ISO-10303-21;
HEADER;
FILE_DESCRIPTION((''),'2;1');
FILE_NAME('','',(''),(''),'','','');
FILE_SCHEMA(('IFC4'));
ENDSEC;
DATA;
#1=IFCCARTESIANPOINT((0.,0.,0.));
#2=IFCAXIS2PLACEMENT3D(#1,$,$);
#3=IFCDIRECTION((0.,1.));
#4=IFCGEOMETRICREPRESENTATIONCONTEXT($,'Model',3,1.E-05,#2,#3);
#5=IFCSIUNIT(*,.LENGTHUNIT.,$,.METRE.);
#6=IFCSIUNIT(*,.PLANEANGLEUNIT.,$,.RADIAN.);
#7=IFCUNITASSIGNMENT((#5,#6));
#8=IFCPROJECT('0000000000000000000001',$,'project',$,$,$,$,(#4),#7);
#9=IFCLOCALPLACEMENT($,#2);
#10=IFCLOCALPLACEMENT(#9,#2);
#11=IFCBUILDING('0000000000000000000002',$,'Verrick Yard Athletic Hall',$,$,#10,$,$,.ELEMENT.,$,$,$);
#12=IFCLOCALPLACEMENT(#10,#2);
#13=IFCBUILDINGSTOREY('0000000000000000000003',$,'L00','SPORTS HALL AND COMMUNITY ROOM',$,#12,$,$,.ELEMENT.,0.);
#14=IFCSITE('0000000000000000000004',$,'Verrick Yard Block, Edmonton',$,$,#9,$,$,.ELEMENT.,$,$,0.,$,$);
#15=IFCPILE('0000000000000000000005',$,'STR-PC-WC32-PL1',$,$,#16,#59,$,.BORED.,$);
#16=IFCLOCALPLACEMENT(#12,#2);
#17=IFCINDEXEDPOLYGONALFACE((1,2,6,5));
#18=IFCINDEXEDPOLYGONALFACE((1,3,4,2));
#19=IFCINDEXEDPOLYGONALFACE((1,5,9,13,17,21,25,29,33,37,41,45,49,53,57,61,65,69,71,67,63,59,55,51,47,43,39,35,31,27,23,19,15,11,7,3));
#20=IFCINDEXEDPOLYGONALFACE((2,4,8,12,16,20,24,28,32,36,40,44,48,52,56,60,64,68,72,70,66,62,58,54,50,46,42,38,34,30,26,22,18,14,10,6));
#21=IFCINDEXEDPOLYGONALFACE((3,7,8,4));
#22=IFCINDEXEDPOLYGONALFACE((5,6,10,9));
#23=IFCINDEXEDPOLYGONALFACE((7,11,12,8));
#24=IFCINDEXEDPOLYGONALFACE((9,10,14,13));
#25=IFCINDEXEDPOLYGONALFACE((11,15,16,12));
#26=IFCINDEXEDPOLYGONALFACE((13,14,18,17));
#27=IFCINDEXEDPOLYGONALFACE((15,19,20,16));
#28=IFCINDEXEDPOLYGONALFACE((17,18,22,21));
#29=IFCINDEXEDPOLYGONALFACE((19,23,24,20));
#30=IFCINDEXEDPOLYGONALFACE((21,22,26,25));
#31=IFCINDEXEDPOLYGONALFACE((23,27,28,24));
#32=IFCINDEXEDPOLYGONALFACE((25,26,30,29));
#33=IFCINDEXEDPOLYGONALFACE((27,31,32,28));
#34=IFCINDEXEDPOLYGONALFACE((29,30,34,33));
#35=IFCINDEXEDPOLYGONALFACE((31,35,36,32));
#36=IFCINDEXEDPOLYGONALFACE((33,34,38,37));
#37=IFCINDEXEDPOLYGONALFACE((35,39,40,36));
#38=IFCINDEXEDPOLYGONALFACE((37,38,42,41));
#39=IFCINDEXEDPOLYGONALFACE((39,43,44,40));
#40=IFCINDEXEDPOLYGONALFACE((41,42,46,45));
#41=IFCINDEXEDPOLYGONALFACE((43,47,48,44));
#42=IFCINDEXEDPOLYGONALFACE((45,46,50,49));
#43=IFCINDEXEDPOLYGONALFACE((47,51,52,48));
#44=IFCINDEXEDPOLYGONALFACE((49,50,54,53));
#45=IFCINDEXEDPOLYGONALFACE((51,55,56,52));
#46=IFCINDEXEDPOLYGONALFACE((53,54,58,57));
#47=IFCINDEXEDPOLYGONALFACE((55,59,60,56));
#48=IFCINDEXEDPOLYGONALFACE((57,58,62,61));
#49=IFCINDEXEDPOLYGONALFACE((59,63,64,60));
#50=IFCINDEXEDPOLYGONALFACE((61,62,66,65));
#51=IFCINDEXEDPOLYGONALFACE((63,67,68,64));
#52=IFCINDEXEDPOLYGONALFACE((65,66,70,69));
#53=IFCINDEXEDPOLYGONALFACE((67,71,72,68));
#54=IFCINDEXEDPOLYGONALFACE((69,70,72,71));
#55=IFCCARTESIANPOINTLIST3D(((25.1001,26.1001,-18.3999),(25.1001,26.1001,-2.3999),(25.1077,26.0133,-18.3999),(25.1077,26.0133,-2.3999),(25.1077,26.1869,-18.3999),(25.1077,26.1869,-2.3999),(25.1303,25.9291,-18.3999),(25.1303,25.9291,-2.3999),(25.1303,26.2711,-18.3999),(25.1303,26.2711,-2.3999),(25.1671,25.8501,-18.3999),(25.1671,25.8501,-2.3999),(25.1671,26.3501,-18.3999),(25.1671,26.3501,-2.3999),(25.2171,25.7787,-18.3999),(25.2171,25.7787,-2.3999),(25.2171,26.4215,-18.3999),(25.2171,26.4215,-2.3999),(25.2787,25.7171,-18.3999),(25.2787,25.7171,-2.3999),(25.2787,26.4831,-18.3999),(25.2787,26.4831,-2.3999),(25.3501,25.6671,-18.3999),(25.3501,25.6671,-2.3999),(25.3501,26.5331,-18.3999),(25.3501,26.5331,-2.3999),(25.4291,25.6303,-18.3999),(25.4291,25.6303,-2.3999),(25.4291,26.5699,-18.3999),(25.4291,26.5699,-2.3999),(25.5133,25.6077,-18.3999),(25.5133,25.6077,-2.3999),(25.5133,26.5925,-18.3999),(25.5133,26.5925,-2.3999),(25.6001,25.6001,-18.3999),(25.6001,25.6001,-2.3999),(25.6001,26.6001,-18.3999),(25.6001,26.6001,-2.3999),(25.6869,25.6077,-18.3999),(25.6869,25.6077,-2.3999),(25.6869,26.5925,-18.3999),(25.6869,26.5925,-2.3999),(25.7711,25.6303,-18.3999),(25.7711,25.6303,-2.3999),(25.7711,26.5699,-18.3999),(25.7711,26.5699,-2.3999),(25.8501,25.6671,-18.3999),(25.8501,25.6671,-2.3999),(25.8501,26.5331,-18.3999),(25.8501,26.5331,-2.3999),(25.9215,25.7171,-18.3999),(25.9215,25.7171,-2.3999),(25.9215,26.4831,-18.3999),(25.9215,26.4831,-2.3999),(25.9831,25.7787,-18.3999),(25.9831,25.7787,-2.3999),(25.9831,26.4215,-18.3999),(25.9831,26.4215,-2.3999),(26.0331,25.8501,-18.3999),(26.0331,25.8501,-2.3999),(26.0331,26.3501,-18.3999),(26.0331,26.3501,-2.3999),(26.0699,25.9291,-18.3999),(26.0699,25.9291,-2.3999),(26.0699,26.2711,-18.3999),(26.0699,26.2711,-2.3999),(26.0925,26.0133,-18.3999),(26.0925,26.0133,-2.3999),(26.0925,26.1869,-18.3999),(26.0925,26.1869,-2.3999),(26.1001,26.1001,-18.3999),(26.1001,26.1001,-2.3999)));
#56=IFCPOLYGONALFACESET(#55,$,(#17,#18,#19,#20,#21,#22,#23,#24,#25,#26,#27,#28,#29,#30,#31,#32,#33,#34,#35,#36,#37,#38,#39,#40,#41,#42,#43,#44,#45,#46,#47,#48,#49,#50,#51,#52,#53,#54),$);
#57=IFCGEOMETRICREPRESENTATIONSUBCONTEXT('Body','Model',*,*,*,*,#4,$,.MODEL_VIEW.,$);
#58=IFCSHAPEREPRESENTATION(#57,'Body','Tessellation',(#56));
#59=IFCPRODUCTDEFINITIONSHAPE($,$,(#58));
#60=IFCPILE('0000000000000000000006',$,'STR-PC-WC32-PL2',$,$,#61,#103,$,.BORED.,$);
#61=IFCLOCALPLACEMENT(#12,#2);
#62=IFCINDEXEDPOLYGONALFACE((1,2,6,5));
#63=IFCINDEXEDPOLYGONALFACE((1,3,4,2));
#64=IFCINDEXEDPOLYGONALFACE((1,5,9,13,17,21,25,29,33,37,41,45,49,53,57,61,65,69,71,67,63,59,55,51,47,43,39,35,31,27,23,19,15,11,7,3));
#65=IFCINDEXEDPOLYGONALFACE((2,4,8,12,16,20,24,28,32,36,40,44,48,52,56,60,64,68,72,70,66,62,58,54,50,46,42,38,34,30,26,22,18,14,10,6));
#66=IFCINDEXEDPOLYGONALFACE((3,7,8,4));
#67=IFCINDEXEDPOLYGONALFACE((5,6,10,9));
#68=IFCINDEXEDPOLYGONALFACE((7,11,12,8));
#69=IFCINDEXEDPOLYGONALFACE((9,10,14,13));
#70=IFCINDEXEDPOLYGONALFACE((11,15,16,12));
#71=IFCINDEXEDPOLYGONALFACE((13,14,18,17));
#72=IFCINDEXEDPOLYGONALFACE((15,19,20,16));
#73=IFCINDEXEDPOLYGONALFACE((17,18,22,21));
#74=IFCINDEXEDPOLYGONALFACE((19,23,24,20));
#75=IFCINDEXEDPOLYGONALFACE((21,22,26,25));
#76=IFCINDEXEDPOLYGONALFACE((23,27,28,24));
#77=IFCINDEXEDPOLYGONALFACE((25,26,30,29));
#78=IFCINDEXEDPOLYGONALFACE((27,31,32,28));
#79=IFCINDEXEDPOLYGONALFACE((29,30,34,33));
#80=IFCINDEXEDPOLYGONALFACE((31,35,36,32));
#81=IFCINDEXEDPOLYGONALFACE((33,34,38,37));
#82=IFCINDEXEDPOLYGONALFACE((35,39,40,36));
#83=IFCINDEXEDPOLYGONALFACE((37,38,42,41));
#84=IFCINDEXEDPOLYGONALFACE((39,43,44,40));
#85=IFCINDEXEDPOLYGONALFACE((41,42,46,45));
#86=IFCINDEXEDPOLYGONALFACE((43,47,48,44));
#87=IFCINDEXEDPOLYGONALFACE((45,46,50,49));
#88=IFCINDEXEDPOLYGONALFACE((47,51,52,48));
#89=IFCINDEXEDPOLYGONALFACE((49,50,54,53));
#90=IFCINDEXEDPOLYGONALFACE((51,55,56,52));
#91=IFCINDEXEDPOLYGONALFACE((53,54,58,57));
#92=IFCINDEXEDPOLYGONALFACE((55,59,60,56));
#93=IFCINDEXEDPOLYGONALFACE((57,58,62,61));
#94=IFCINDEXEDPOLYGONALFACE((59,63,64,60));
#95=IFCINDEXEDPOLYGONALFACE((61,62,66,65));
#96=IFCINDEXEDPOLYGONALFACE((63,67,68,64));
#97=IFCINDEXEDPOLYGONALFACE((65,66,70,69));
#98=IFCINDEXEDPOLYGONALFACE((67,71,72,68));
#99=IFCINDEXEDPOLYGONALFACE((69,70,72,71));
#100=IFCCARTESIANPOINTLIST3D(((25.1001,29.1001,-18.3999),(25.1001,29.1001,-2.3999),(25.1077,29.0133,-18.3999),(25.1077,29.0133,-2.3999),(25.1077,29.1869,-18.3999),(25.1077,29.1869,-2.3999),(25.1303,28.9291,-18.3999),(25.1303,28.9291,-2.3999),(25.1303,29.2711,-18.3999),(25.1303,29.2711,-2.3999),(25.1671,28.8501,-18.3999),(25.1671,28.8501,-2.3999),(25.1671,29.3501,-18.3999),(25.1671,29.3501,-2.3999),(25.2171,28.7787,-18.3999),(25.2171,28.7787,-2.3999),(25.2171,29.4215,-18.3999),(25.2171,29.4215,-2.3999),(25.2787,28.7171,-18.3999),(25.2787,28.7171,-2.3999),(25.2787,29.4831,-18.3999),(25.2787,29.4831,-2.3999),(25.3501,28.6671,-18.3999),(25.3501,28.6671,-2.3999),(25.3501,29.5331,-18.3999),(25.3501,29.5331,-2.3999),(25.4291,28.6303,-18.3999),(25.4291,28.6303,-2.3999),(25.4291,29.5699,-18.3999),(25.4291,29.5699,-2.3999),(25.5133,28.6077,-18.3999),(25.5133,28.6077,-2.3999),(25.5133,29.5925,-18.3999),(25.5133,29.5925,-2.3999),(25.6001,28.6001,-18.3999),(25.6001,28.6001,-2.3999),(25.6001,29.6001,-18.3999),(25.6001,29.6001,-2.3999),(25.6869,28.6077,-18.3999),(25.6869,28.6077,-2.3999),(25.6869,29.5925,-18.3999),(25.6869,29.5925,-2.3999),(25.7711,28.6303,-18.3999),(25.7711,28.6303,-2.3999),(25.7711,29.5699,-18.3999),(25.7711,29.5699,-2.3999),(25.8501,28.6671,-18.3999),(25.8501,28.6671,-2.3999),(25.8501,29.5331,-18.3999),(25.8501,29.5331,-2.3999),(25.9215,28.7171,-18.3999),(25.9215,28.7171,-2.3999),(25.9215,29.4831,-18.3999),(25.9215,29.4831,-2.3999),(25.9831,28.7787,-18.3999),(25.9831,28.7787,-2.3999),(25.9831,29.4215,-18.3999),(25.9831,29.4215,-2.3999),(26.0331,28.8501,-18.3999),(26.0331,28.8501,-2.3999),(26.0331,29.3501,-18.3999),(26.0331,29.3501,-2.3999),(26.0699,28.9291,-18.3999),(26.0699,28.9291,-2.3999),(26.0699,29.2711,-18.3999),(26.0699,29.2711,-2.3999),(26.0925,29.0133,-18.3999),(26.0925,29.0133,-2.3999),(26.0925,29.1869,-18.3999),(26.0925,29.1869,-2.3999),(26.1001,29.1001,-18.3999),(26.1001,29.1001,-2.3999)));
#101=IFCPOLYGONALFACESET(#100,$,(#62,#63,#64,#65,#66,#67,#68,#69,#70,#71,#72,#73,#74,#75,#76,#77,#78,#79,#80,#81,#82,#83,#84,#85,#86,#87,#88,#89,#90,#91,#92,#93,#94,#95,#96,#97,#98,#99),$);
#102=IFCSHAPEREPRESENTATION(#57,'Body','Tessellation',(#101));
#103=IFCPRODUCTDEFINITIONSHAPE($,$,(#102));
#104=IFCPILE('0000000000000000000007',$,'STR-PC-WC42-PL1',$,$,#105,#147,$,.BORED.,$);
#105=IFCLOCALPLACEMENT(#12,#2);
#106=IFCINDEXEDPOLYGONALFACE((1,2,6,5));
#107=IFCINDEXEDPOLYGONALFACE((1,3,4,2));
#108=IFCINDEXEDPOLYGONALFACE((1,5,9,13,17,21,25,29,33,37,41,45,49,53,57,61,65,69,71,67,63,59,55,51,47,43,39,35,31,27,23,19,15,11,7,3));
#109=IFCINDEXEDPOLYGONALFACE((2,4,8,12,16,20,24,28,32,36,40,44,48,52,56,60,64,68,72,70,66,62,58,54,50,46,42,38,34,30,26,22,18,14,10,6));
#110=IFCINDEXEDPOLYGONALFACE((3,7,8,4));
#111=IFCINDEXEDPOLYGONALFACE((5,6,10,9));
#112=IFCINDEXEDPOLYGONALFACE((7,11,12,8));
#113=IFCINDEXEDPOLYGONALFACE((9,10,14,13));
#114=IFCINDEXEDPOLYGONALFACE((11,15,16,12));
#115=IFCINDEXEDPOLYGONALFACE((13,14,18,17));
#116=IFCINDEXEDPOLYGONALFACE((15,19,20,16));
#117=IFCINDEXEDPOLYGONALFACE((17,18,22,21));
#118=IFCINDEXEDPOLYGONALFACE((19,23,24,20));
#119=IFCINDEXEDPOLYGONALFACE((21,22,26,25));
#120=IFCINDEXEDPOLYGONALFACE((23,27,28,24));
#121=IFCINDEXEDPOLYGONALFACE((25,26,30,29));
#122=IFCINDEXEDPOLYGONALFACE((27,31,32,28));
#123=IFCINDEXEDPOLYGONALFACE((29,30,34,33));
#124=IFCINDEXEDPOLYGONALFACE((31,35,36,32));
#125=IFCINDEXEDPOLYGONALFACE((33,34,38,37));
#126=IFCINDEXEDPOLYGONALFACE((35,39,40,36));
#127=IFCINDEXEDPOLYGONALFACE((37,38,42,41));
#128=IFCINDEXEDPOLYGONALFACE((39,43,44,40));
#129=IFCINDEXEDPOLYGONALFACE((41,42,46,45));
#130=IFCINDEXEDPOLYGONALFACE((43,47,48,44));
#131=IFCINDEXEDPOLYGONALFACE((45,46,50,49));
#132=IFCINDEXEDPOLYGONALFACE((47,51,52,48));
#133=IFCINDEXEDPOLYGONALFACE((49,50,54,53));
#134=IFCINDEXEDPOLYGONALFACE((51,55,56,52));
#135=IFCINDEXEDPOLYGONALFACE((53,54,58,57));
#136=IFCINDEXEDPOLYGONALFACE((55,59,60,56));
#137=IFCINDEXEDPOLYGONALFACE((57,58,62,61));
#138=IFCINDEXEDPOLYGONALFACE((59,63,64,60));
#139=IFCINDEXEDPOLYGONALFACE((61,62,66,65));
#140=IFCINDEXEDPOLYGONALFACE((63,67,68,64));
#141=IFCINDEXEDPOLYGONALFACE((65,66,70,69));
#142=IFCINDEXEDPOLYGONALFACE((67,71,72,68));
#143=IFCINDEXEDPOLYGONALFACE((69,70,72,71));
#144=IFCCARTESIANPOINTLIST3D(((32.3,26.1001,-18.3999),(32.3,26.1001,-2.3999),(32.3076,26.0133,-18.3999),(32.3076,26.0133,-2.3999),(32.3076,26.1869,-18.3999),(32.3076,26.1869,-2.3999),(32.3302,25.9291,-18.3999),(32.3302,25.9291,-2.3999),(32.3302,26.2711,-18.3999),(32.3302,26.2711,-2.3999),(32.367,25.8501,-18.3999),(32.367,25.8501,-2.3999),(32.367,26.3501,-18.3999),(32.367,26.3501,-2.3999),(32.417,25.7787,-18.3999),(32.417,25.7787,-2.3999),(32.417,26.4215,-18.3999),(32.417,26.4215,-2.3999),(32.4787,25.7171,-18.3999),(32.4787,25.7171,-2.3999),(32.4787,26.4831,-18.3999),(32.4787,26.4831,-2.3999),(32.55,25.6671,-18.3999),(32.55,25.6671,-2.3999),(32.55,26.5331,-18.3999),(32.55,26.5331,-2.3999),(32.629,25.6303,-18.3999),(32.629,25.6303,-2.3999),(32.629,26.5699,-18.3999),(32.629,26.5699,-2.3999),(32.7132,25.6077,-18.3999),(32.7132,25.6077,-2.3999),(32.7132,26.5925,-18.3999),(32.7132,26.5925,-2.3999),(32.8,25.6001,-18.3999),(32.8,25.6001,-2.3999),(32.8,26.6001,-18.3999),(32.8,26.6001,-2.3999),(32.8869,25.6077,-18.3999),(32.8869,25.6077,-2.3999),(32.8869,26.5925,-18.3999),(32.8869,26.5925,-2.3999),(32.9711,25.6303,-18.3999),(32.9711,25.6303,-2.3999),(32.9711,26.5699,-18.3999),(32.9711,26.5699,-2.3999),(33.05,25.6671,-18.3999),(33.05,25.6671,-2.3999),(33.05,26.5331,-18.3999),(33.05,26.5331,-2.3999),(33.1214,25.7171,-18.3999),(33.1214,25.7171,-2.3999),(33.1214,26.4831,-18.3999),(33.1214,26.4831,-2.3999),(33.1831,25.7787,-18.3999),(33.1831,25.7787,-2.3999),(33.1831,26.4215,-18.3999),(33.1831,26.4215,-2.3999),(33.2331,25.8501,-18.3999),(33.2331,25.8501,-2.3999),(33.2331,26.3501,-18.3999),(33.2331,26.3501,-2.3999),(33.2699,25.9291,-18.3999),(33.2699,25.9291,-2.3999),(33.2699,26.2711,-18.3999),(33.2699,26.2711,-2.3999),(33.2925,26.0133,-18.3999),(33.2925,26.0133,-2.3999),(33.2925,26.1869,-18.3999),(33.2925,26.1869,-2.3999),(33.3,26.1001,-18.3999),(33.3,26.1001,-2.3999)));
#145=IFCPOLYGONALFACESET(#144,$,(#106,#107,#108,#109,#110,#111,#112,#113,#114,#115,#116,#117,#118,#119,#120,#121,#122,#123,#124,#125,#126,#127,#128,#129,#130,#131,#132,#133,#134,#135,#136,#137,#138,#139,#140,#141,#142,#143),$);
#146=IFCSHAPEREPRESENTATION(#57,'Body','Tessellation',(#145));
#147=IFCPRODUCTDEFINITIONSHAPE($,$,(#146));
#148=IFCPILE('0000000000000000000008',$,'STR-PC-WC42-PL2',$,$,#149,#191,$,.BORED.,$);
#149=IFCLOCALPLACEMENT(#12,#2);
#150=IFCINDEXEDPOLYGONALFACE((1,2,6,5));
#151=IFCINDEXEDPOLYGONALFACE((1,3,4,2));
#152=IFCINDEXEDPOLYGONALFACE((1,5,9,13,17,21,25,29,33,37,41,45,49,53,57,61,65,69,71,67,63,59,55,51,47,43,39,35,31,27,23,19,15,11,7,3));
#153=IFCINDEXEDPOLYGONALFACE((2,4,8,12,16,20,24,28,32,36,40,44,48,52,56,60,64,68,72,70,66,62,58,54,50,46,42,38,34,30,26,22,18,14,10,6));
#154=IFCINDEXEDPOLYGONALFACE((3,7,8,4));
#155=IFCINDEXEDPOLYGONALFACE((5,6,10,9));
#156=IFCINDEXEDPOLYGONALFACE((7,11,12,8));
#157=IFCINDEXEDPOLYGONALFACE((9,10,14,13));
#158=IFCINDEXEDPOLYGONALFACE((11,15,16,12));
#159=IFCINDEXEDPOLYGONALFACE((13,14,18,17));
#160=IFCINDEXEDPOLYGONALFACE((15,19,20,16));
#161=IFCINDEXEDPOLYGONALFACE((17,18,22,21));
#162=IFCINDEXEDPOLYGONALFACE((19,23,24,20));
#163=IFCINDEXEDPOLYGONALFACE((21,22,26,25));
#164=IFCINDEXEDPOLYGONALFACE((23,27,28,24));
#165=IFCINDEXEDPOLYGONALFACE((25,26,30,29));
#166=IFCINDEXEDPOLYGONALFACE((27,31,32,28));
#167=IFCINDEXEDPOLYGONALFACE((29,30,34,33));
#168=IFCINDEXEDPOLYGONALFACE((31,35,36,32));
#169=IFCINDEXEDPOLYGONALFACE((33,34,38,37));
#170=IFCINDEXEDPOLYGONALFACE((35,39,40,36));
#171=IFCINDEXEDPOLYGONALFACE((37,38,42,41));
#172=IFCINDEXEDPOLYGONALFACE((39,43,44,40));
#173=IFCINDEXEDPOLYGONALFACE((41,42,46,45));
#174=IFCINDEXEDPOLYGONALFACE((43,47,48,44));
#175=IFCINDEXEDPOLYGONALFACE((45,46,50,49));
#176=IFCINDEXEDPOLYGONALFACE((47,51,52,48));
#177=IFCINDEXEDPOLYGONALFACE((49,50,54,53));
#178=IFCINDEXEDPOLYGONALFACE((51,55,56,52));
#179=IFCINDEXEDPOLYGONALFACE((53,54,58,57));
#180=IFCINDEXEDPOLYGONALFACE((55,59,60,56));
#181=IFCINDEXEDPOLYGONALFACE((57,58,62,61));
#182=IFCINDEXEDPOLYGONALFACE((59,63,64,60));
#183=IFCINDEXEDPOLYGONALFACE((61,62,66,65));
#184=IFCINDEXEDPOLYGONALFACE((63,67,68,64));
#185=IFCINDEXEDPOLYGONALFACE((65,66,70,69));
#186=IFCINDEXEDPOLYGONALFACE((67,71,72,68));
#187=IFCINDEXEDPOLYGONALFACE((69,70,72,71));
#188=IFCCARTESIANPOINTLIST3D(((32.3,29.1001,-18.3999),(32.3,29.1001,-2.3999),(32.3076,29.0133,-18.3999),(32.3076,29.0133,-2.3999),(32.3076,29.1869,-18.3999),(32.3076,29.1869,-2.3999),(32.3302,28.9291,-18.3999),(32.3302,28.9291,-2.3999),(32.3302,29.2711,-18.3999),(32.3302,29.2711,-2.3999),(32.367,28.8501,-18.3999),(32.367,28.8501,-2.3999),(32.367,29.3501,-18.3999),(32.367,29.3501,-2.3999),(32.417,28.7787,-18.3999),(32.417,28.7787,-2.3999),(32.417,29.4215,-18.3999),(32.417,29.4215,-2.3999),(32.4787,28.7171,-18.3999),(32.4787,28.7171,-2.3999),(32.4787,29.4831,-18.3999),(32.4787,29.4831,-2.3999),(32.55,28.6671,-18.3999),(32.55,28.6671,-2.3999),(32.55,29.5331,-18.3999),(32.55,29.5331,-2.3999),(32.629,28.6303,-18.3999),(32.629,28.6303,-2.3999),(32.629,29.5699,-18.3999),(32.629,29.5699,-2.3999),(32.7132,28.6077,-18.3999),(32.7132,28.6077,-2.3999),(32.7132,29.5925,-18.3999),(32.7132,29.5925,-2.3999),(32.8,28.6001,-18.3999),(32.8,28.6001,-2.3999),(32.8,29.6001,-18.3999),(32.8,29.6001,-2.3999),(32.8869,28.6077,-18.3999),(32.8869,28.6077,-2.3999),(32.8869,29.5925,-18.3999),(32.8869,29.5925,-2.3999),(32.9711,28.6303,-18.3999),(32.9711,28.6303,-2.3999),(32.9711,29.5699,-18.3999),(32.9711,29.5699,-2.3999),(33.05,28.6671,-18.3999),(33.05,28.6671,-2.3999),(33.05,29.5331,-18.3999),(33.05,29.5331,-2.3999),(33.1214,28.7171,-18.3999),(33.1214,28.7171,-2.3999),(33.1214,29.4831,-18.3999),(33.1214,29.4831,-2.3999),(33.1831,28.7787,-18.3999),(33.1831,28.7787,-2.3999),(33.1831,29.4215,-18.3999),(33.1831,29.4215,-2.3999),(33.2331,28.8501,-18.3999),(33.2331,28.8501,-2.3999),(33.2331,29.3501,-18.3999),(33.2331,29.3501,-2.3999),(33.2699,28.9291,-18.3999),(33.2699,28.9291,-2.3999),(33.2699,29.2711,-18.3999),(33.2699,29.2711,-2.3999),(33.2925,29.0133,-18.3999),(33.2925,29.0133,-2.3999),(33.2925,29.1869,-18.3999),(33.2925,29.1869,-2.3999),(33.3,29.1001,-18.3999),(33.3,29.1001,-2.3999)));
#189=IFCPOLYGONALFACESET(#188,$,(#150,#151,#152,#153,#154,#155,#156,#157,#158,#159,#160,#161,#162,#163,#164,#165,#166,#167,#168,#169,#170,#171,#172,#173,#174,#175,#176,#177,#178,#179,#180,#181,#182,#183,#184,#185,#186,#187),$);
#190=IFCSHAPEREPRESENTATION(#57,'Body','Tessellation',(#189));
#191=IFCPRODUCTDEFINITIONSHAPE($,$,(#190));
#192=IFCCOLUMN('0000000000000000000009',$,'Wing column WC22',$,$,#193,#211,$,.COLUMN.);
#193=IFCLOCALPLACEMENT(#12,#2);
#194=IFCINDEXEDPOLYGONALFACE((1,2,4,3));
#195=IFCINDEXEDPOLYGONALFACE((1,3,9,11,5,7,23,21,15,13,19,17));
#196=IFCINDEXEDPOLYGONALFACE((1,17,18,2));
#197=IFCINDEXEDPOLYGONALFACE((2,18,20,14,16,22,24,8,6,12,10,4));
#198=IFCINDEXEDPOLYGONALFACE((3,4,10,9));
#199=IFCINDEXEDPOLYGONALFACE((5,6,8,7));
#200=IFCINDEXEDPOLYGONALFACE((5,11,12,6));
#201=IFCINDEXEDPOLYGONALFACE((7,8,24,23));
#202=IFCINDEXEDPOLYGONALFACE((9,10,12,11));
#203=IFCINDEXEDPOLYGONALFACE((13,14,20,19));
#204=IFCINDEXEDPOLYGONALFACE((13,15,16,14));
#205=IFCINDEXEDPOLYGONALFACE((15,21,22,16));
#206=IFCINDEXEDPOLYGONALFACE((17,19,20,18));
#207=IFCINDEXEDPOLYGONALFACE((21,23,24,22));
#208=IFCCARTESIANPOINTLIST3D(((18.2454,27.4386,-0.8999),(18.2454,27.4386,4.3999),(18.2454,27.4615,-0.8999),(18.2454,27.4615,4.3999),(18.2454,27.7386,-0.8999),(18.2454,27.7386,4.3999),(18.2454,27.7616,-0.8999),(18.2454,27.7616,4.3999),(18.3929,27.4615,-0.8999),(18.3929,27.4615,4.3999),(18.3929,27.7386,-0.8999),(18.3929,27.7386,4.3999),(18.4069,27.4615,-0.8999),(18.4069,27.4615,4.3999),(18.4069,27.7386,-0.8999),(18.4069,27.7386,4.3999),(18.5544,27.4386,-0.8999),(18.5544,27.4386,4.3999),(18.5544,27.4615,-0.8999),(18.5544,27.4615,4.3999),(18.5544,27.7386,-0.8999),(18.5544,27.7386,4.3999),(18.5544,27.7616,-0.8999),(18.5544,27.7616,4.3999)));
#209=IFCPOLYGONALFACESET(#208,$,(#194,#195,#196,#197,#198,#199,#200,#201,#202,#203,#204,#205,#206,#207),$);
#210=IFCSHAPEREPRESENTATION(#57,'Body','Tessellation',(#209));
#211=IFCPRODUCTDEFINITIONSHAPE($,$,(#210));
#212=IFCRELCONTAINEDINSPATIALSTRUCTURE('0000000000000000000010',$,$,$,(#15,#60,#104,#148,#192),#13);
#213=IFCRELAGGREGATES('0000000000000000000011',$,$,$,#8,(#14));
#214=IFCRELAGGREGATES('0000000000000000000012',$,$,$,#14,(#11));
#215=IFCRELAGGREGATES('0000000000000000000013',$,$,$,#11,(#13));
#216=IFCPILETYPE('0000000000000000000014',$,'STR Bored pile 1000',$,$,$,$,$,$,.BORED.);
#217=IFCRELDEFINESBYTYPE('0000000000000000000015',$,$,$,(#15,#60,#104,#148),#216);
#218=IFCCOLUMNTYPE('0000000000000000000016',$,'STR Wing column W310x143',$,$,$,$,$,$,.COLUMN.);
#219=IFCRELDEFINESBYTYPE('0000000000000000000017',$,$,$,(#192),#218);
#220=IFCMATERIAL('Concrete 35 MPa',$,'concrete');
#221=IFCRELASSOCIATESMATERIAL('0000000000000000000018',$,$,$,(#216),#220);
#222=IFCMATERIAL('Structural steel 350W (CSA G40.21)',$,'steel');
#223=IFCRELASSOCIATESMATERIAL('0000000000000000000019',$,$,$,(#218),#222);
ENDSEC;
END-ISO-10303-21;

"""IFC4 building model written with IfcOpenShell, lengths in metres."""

from ifc_helpers import new_model, si_unit, direction, frame, origin, origin_2d, place, context, subcontext, project, spatial, circle, i_section, extrude, material, material_profile, profile_set, type_object, element, save


model = new_model("IFC4")

# Units and contexts
model_context = context("Model", 3, precision=1e-05, world=origin(), true_north=direction((0.0, 1.0)))
body_context = subcontext(model_context, "Body", "Model", "MODEL_VIEW")
ifc_project = project(units=[si_unit("LENGTHUNIT", "METRE"), si_unit("PLANEANGLEUNIT", "RADIAN")], contexts=[model_context])

# Site, building, storey
site_placement = place(None, origin())
site = spatial("IfcSite", under=ifc_project, at=site_placement, Name="Verrick Yard Block, Edmonton", CompositionType="ELEMENT", RefElevation=0.0)
building_placement = place(site_placement, origin())
building = spatial("IfcBuilding", under=site, at=building_placement, Name="Verrick Yard Athletic Hall", CompositionType="ELEMENT")
storey_placement = place(building_placement, origin())
storey = spatial("IfcBuildingStorey", under=building, at=storey_placement, Name="L00", Description="SPORTS HALL AND COMMUNITY ROOM", CompositionType="ELEMENT", Elevation=0.0)

# Piles
ifc_material_1 = material(Name="Concrete 35 MPa", Category="concrete")
pile_type = type_object("IfcPileType", Name="STR Bored pile 1000", PredefinedType="BORED", material=ifc_material_1)
for number, where, z_axis, x_axis, name in (
    (1, (25.6001, 26.1001, -2.3999), (0.0, 0.0, -1.0), (1.0, 0.0, 0.0), "STR-PC-WC32-PL1"),
    (2, (25.6001, 29.1001, -2.3999), (0.0, 0.0, -1.0), (1.0, 0.0, 0.0), "STR-PC-WC32-PL2"),
    (3, (32.8, 26.1001, -2.3999), (0.0, 0.0, -1.0), (1.0, 0.0, 0.0), "STR-PC-WC42-PL1"),
    (4, (32.8, 29.1001, -2.3999), (0.0, 0.0, -1.0), (1.0, 0.0, 0.0), "STR-PC-WC42-PL2"),
):
    element("IfcPile", number, at=place(storey_placement, frame(where, z_axis=z_axis, x_axis=x_axis)), inside=storey, type_object=pile_type, Name=name, PredefinedType="BORED", context=body_context, shape_type="SweptSolid", body=[
        extrude(circle(Radius=0.5, at=origin_2d()), origin(), (0.0, 0.0, 1.0), 16.0),
    ])

# Column
ifc_material_2 = material(Name="Structural steel 350W (CSA G40.21)", Category="steel")
ifc_material_profile = material_profile(ifc_material_2, i_section(OverallWidth=0.3091, OverallDepth=0.323, WebThickness=0.0139, FlangeThickness=0.0229, at=origin_2d()), Name="W310x143")
ifc_profile_set = profile_set([ifc_material_profile], Name="Structural steel 350W (CSA G40.21)")
column_type = type_object("IfcColumnType", Name="STR Wing column W310x143", PredefinedType="COLUMN", material=ifc_profile_set)
for number, where, z_axis, x_axis, name in (
    (5, (18.3999, 27.6001, -0.8999), (0.0, 0.0, 1.0), (1.0, 0.0, 0.0), "Wing column WC22"),
):
    element("IfcColumn", number, at=place(storey_placement, frame(where, z_axis=z_axis, x_axis=x_axis)), inside=storey, type_object=column_type, Name=name, PredefinedType="COLUMN", context=body_context, shape_type="SweptSolid", body=[
        extrude(i_section(OverallWidth=0.3091, OverallDepth=0.323, WebThickness=0.0139, FlangeThickness=0.0229, at=origin_2d()), origin(), (0.0, 0.0, 1.0), 5.2998),
    ])

save(model, "model.ifc")
